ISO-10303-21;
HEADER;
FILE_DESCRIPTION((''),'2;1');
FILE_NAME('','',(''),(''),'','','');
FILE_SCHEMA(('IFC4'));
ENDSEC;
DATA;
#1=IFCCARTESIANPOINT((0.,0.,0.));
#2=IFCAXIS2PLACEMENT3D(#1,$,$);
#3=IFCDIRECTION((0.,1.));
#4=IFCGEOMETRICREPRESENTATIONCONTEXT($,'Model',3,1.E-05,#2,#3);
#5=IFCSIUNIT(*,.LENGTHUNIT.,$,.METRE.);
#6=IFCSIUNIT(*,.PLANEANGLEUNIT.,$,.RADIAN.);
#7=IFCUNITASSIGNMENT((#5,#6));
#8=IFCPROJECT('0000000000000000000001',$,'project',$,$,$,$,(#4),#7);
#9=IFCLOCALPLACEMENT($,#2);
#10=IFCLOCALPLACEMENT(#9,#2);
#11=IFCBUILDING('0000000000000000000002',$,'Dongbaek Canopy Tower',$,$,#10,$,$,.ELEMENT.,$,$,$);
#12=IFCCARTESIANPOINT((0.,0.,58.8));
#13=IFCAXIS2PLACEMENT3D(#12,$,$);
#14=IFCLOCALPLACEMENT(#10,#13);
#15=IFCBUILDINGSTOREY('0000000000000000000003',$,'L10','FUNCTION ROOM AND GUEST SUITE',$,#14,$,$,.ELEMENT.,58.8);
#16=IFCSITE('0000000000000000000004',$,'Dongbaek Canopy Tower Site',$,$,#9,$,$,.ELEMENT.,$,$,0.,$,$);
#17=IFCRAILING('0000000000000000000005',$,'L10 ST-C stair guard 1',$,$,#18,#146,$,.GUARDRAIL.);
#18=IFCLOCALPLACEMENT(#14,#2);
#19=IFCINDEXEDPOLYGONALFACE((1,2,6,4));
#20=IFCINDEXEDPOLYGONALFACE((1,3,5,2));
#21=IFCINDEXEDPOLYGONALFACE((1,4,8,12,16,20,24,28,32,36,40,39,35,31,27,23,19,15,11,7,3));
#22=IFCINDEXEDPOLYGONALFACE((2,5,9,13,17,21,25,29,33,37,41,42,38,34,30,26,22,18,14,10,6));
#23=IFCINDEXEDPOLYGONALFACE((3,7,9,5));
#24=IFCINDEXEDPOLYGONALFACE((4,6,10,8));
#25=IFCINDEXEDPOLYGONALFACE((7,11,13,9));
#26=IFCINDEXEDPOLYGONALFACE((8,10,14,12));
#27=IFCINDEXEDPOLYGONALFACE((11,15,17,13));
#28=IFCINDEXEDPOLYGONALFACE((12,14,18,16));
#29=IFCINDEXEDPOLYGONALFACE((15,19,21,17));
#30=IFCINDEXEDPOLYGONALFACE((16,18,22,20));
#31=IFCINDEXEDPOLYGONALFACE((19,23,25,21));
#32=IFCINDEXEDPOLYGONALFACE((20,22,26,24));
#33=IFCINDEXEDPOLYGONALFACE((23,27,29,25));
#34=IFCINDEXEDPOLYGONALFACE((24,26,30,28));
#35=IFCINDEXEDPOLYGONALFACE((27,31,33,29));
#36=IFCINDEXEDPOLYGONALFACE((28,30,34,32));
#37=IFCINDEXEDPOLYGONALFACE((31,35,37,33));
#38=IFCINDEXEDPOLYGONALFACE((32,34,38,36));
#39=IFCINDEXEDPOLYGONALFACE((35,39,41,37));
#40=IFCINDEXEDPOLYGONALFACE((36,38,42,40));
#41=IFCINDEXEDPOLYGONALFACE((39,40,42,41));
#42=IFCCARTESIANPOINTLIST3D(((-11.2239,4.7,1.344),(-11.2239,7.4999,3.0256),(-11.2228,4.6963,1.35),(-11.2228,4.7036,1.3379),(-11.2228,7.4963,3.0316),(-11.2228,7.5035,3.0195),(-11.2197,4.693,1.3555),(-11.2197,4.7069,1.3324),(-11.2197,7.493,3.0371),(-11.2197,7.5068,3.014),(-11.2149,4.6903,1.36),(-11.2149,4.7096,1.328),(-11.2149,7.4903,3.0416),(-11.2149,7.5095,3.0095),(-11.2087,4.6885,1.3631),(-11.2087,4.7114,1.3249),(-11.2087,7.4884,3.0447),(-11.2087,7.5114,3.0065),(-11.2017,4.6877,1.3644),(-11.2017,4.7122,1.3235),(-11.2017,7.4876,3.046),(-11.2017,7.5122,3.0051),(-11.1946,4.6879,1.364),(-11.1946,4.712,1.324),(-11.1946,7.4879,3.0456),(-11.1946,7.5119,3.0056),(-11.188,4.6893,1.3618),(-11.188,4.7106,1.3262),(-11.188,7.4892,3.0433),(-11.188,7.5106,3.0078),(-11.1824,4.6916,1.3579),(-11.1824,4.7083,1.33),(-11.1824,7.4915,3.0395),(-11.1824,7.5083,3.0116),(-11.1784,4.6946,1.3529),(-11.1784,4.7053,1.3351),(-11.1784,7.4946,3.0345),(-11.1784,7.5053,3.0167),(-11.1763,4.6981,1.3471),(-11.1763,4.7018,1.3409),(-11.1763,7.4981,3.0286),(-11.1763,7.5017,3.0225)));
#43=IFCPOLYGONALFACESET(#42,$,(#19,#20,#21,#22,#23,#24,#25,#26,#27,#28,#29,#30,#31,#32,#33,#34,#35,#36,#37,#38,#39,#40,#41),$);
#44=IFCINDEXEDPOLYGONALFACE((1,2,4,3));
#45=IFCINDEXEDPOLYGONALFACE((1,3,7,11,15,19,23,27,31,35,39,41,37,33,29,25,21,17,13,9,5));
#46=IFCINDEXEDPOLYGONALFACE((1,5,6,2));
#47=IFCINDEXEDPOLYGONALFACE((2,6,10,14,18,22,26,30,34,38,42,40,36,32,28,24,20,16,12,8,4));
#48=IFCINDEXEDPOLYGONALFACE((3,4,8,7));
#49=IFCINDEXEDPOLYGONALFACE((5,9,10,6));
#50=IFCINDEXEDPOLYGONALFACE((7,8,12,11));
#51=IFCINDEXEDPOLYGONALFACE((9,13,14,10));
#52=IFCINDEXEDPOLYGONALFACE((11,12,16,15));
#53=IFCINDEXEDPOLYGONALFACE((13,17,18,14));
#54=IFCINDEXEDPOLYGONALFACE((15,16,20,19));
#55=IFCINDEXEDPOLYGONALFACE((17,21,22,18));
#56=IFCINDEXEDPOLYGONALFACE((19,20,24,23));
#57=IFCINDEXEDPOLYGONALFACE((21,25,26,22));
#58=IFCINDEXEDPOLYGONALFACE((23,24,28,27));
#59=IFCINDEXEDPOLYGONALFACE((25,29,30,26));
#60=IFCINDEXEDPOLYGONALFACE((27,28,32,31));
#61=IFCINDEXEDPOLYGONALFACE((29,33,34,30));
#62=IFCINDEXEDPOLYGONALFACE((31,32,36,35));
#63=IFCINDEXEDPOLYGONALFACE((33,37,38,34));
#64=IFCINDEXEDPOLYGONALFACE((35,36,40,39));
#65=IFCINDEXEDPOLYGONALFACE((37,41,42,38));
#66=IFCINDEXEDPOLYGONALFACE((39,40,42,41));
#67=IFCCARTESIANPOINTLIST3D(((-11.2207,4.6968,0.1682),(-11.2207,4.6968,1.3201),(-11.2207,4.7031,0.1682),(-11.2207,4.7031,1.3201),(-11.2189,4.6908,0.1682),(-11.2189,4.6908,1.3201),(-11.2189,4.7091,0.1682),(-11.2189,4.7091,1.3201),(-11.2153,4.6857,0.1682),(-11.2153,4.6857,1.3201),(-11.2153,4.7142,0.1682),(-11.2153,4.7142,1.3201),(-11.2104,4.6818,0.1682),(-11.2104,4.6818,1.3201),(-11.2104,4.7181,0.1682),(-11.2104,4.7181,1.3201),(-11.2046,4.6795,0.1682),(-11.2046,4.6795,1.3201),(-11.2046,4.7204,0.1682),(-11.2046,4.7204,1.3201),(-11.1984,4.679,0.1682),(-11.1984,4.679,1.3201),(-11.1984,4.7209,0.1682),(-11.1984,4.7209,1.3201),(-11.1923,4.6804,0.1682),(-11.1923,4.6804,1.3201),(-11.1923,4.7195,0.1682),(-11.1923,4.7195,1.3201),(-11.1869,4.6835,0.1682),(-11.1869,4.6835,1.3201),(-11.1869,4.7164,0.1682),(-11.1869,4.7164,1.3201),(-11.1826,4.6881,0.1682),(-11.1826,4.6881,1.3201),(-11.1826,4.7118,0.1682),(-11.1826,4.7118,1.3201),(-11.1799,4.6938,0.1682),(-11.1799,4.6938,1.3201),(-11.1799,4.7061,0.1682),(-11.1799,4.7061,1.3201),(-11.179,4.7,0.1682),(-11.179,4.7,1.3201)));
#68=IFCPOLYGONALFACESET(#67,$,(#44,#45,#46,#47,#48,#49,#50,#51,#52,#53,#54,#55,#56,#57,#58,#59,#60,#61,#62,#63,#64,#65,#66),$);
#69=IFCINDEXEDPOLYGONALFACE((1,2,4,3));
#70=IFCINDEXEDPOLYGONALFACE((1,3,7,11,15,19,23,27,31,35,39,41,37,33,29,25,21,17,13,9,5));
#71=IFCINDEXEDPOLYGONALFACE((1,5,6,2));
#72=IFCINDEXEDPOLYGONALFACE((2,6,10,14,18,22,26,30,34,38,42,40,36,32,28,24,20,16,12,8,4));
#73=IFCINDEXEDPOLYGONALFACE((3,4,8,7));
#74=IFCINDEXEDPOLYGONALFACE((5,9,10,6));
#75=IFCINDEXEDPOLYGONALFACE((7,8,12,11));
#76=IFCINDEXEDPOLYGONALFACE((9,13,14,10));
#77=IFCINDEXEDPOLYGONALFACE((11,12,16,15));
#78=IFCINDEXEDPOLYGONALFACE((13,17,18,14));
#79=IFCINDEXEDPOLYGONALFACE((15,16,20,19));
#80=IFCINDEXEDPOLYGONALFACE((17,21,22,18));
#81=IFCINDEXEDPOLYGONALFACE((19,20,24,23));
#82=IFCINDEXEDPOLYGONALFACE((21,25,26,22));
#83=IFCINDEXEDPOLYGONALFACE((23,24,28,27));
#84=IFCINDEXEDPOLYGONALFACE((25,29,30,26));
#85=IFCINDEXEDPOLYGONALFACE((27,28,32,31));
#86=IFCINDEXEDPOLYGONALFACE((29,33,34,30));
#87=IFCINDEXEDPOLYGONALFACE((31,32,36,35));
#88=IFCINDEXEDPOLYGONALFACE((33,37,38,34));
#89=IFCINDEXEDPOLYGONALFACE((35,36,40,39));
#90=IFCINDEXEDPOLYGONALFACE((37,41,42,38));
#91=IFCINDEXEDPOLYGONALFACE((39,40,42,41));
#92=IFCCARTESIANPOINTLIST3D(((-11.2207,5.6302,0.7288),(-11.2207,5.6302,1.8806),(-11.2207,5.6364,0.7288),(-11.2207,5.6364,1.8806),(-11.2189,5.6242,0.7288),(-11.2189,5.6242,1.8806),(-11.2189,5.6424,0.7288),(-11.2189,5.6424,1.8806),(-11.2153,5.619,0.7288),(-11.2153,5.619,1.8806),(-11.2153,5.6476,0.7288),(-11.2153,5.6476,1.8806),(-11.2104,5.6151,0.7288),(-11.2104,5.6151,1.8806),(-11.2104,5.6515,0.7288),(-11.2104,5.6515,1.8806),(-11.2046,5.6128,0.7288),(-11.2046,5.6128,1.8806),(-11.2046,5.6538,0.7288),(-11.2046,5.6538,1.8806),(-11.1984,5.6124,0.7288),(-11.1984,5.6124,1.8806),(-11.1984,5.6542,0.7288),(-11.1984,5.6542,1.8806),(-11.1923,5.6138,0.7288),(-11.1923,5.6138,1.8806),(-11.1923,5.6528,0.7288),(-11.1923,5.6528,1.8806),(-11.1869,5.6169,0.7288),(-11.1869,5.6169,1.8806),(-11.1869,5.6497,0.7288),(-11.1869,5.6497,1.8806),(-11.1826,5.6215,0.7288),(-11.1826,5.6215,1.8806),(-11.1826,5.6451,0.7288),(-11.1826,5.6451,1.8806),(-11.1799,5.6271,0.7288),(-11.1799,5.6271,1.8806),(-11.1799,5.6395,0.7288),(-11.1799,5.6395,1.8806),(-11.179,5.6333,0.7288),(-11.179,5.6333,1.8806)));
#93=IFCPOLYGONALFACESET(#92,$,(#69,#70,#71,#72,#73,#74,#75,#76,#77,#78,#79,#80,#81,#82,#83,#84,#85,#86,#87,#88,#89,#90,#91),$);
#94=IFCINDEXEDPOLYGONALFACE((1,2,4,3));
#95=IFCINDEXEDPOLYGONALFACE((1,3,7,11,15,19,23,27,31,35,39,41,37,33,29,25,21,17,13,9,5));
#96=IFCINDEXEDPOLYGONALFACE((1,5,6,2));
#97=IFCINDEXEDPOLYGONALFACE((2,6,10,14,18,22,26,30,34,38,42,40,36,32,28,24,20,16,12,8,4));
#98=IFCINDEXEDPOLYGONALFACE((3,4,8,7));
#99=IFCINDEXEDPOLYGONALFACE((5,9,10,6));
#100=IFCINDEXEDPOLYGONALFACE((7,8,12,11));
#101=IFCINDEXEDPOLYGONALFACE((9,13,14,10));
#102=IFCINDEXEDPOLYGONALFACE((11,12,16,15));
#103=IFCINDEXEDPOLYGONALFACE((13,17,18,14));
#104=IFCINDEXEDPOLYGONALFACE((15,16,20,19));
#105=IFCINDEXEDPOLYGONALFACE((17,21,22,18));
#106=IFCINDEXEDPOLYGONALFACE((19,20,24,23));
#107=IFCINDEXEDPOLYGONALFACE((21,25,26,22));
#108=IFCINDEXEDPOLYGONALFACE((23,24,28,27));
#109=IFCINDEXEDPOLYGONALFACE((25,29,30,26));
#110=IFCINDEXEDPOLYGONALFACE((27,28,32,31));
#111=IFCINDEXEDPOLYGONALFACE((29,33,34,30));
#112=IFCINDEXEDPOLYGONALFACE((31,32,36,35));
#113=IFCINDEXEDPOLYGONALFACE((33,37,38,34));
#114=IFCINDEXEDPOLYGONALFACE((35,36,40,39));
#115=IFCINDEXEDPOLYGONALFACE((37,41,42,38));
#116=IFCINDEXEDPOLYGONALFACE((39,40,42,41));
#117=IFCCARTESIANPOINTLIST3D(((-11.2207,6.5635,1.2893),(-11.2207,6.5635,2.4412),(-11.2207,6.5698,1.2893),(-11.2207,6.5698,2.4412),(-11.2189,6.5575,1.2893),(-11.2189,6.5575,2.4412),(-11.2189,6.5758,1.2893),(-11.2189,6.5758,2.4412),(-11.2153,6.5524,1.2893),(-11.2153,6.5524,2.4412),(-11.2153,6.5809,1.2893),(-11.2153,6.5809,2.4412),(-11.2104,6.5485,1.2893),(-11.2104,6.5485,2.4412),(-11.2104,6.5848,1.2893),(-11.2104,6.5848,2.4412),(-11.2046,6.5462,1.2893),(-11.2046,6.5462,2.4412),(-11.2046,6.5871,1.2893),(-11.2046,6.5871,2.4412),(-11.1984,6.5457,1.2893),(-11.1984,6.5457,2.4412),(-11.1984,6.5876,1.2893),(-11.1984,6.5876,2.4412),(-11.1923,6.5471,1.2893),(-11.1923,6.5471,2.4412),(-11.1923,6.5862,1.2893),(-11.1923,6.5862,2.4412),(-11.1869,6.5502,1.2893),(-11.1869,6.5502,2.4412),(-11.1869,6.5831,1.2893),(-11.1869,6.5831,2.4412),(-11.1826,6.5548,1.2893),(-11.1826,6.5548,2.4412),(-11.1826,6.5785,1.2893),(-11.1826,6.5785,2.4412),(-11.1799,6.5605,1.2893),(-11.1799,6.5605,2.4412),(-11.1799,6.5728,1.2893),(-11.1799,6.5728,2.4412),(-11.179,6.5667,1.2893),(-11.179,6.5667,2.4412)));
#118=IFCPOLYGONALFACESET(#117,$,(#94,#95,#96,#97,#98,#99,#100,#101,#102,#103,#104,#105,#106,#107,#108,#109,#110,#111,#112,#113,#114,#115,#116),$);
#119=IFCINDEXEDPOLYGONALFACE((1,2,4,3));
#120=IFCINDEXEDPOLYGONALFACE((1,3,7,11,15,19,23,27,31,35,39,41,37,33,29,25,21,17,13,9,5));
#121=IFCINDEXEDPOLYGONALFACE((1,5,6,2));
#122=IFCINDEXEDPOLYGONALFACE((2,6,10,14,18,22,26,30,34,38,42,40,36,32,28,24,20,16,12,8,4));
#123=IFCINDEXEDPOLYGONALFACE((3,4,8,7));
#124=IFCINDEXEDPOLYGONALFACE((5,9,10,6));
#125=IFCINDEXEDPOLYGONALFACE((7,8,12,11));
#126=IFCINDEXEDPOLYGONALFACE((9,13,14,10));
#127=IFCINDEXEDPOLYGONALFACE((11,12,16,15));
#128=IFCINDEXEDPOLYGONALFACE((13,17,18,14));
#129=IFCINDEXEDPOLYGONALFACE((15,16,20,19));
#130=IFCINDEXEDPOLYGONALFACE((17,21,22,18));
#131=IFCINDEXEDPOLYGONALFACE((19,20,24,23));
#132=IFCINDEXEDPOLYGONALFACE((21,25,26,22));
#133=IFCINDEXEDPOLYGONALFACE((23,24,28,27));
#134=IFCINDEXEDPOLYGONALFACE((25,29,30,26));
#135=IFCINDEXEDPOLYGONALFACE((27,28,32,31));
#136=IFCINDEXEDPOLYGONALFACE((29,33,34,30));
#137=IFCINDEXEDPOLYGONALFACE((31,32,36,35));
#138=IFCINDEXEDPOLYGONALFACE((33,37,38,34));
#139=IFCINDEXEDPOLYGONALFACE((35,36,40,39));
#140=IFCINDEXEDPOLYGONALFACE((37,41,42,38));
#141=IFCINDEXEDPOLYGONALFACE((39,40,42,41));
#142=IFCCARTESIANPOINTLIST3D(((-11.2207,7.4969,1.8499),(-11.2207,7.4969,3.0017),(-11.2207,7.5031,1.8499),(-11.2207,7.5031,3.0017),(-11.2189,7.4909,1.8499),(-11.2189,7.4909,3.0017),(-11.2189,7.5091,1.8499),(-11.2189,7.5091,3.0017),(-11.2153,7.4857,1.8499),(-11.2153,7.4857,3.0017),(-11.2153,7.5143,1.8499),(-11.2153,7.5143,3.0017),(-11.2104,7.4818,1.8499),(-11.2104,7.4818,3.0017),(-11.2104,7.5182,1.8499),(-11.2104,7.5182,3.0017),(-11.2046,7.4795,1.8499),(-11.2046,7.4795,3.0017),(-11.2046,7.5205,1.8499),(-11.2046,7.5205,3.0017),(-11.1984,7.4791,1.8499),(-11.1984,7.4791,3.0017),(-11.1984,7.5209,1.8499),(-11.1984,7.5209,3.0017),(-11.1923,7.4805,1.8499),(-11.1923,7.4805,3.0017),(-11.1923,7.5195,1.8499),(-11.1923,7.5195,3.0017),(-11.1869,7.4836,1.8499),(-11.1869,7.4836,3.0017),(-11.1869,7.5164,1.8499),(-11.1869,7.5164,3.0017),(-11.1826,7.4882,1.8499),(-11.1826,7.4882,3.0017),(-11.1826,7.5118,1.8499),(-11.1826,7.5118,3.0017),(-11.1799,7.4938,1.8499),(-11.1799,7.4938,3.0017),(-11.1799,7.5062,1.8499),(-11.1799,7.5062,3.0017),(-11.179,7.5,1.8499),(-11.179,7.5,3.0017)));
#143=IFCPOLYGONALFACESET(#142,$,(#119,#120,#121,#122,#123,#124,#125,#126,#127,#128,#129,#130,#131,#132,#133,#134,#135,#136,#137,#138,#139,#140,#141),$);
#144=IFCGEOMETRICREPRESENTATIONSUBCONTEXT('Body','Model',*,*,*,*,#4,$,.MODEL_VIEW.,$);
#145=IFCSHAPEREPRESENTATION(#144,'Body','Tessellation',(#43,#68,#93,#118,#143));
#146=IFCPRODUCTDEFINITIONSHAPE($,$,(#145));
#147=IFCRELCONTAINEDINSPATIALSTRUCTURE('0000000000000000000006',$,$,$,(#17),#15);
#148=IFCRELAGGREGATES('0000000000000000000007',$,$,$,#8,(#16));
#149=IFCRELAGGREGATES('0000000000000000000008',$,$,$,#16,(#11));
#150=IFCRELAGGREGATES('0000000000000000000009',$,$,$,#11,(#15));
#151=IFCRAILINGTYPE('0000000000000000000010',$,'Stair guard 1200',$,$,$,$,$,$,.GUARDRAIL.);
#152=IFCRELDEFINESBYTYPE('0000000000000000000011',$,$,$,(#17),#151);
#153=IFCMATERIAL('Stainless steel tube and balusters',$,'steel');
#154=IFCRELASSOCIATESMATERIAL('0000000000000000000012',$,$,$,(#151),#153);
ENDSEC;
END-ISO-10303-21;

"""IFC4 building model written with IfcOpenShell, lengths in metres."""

from ifc_helpers import new_model, si_unit, direction, frame, origin, origin_2d, place, context, subcontext, project, spatial, circle, extrude, material, type_object, element, save


model = new_model("IFC4")

# Units and contexts
model_context = context("Model", 3, precision=1e-05, world=origin(), true_north=direction((0.0, 1.0)))
body_context = subcontext(model_context, "Body", "Model", "MODEL_VIEW")
ifc_project = project(units=[si_unit("LENGTHUNIT", "METRE"), si_unit("PLANEANGLEUNIT", "RADIAN")], contexts=[model_context])

# Site, building, storey
site_placement = place(None, origin())
site = spatial("IfcSite", under=ifc_project, at=site_placement, Name="Dongbaek Canopy Tower Site", CompositionType="ELEMENT", RefElevation=0.0)
building_placement = place(site_placement, origin())
building = spatial("IfcBuilding", under=site, at=building_placement, Name="Dongbaek Canopy Tower", CompositionType="ELEMENT")
storey_placement = place(building_placement, frame((0.0, 0.0, 58.8)))
storey = spatial("IfcBuildingStorey", under=building, at=storey_placement, Name="L10", Description="FUNCTION ROOM AND GUEST SUITE", CompositionType="ELEMENT", Elevation=58.8)

# Railing
ifc_material_1 = material(Name="Stainless steel tube and balusters", Category="steel")
railing_type_1 = type_object("IfcRailingType", Name="Stair guard 1200", PredefinedType="GUARDRAIL", material=ifc_material_1)
railing_1_placement = place(storey_placement, frame((-11.2, 4.7, 0.1682)))
element("IfcRailing", 1, at=railing_1_placement, inside=storey, type_object=railing_type_1, Name="L10 ST-C stair guard 1", PredefinedType="GUARDRAIL", context=body_context, shape_type="SweptSolid", body=[
    extrude(circle(Radius=0.0239, at=origin_2d()), frame((0.0, 0.0, 1.1758), z_axis=(0.0, 0.857275, 0.514858), x_axis=(-1.0, 0.0, 0.0)), (0.0, 0.0, 1.0), 3.2661),
    extrude(circle(Radius=0.021, at=origin_2d()), origin(), (0.0, 0.0, 1.0), 1.1519),
    extrude(circle(Radius=0.021, at=origin_2d()), frame((0.0, 0.9333, 0.5605)), (0.0, 0.0, 1.0), 1.1519),
    extrude(circle(Radius=0.021, at=origin_2d()), frame((0.0, 1.8667, 1.1211)), (0.0, 0.0, 1.0), 1.1519),
    extrude(circle(Radius=0.021, at=origin_2d()), frame((0.0, 2.8, 1.6816)), (0.0, 0.0, 1.0), 1.1519),
])

save(model, "model.ifc")
